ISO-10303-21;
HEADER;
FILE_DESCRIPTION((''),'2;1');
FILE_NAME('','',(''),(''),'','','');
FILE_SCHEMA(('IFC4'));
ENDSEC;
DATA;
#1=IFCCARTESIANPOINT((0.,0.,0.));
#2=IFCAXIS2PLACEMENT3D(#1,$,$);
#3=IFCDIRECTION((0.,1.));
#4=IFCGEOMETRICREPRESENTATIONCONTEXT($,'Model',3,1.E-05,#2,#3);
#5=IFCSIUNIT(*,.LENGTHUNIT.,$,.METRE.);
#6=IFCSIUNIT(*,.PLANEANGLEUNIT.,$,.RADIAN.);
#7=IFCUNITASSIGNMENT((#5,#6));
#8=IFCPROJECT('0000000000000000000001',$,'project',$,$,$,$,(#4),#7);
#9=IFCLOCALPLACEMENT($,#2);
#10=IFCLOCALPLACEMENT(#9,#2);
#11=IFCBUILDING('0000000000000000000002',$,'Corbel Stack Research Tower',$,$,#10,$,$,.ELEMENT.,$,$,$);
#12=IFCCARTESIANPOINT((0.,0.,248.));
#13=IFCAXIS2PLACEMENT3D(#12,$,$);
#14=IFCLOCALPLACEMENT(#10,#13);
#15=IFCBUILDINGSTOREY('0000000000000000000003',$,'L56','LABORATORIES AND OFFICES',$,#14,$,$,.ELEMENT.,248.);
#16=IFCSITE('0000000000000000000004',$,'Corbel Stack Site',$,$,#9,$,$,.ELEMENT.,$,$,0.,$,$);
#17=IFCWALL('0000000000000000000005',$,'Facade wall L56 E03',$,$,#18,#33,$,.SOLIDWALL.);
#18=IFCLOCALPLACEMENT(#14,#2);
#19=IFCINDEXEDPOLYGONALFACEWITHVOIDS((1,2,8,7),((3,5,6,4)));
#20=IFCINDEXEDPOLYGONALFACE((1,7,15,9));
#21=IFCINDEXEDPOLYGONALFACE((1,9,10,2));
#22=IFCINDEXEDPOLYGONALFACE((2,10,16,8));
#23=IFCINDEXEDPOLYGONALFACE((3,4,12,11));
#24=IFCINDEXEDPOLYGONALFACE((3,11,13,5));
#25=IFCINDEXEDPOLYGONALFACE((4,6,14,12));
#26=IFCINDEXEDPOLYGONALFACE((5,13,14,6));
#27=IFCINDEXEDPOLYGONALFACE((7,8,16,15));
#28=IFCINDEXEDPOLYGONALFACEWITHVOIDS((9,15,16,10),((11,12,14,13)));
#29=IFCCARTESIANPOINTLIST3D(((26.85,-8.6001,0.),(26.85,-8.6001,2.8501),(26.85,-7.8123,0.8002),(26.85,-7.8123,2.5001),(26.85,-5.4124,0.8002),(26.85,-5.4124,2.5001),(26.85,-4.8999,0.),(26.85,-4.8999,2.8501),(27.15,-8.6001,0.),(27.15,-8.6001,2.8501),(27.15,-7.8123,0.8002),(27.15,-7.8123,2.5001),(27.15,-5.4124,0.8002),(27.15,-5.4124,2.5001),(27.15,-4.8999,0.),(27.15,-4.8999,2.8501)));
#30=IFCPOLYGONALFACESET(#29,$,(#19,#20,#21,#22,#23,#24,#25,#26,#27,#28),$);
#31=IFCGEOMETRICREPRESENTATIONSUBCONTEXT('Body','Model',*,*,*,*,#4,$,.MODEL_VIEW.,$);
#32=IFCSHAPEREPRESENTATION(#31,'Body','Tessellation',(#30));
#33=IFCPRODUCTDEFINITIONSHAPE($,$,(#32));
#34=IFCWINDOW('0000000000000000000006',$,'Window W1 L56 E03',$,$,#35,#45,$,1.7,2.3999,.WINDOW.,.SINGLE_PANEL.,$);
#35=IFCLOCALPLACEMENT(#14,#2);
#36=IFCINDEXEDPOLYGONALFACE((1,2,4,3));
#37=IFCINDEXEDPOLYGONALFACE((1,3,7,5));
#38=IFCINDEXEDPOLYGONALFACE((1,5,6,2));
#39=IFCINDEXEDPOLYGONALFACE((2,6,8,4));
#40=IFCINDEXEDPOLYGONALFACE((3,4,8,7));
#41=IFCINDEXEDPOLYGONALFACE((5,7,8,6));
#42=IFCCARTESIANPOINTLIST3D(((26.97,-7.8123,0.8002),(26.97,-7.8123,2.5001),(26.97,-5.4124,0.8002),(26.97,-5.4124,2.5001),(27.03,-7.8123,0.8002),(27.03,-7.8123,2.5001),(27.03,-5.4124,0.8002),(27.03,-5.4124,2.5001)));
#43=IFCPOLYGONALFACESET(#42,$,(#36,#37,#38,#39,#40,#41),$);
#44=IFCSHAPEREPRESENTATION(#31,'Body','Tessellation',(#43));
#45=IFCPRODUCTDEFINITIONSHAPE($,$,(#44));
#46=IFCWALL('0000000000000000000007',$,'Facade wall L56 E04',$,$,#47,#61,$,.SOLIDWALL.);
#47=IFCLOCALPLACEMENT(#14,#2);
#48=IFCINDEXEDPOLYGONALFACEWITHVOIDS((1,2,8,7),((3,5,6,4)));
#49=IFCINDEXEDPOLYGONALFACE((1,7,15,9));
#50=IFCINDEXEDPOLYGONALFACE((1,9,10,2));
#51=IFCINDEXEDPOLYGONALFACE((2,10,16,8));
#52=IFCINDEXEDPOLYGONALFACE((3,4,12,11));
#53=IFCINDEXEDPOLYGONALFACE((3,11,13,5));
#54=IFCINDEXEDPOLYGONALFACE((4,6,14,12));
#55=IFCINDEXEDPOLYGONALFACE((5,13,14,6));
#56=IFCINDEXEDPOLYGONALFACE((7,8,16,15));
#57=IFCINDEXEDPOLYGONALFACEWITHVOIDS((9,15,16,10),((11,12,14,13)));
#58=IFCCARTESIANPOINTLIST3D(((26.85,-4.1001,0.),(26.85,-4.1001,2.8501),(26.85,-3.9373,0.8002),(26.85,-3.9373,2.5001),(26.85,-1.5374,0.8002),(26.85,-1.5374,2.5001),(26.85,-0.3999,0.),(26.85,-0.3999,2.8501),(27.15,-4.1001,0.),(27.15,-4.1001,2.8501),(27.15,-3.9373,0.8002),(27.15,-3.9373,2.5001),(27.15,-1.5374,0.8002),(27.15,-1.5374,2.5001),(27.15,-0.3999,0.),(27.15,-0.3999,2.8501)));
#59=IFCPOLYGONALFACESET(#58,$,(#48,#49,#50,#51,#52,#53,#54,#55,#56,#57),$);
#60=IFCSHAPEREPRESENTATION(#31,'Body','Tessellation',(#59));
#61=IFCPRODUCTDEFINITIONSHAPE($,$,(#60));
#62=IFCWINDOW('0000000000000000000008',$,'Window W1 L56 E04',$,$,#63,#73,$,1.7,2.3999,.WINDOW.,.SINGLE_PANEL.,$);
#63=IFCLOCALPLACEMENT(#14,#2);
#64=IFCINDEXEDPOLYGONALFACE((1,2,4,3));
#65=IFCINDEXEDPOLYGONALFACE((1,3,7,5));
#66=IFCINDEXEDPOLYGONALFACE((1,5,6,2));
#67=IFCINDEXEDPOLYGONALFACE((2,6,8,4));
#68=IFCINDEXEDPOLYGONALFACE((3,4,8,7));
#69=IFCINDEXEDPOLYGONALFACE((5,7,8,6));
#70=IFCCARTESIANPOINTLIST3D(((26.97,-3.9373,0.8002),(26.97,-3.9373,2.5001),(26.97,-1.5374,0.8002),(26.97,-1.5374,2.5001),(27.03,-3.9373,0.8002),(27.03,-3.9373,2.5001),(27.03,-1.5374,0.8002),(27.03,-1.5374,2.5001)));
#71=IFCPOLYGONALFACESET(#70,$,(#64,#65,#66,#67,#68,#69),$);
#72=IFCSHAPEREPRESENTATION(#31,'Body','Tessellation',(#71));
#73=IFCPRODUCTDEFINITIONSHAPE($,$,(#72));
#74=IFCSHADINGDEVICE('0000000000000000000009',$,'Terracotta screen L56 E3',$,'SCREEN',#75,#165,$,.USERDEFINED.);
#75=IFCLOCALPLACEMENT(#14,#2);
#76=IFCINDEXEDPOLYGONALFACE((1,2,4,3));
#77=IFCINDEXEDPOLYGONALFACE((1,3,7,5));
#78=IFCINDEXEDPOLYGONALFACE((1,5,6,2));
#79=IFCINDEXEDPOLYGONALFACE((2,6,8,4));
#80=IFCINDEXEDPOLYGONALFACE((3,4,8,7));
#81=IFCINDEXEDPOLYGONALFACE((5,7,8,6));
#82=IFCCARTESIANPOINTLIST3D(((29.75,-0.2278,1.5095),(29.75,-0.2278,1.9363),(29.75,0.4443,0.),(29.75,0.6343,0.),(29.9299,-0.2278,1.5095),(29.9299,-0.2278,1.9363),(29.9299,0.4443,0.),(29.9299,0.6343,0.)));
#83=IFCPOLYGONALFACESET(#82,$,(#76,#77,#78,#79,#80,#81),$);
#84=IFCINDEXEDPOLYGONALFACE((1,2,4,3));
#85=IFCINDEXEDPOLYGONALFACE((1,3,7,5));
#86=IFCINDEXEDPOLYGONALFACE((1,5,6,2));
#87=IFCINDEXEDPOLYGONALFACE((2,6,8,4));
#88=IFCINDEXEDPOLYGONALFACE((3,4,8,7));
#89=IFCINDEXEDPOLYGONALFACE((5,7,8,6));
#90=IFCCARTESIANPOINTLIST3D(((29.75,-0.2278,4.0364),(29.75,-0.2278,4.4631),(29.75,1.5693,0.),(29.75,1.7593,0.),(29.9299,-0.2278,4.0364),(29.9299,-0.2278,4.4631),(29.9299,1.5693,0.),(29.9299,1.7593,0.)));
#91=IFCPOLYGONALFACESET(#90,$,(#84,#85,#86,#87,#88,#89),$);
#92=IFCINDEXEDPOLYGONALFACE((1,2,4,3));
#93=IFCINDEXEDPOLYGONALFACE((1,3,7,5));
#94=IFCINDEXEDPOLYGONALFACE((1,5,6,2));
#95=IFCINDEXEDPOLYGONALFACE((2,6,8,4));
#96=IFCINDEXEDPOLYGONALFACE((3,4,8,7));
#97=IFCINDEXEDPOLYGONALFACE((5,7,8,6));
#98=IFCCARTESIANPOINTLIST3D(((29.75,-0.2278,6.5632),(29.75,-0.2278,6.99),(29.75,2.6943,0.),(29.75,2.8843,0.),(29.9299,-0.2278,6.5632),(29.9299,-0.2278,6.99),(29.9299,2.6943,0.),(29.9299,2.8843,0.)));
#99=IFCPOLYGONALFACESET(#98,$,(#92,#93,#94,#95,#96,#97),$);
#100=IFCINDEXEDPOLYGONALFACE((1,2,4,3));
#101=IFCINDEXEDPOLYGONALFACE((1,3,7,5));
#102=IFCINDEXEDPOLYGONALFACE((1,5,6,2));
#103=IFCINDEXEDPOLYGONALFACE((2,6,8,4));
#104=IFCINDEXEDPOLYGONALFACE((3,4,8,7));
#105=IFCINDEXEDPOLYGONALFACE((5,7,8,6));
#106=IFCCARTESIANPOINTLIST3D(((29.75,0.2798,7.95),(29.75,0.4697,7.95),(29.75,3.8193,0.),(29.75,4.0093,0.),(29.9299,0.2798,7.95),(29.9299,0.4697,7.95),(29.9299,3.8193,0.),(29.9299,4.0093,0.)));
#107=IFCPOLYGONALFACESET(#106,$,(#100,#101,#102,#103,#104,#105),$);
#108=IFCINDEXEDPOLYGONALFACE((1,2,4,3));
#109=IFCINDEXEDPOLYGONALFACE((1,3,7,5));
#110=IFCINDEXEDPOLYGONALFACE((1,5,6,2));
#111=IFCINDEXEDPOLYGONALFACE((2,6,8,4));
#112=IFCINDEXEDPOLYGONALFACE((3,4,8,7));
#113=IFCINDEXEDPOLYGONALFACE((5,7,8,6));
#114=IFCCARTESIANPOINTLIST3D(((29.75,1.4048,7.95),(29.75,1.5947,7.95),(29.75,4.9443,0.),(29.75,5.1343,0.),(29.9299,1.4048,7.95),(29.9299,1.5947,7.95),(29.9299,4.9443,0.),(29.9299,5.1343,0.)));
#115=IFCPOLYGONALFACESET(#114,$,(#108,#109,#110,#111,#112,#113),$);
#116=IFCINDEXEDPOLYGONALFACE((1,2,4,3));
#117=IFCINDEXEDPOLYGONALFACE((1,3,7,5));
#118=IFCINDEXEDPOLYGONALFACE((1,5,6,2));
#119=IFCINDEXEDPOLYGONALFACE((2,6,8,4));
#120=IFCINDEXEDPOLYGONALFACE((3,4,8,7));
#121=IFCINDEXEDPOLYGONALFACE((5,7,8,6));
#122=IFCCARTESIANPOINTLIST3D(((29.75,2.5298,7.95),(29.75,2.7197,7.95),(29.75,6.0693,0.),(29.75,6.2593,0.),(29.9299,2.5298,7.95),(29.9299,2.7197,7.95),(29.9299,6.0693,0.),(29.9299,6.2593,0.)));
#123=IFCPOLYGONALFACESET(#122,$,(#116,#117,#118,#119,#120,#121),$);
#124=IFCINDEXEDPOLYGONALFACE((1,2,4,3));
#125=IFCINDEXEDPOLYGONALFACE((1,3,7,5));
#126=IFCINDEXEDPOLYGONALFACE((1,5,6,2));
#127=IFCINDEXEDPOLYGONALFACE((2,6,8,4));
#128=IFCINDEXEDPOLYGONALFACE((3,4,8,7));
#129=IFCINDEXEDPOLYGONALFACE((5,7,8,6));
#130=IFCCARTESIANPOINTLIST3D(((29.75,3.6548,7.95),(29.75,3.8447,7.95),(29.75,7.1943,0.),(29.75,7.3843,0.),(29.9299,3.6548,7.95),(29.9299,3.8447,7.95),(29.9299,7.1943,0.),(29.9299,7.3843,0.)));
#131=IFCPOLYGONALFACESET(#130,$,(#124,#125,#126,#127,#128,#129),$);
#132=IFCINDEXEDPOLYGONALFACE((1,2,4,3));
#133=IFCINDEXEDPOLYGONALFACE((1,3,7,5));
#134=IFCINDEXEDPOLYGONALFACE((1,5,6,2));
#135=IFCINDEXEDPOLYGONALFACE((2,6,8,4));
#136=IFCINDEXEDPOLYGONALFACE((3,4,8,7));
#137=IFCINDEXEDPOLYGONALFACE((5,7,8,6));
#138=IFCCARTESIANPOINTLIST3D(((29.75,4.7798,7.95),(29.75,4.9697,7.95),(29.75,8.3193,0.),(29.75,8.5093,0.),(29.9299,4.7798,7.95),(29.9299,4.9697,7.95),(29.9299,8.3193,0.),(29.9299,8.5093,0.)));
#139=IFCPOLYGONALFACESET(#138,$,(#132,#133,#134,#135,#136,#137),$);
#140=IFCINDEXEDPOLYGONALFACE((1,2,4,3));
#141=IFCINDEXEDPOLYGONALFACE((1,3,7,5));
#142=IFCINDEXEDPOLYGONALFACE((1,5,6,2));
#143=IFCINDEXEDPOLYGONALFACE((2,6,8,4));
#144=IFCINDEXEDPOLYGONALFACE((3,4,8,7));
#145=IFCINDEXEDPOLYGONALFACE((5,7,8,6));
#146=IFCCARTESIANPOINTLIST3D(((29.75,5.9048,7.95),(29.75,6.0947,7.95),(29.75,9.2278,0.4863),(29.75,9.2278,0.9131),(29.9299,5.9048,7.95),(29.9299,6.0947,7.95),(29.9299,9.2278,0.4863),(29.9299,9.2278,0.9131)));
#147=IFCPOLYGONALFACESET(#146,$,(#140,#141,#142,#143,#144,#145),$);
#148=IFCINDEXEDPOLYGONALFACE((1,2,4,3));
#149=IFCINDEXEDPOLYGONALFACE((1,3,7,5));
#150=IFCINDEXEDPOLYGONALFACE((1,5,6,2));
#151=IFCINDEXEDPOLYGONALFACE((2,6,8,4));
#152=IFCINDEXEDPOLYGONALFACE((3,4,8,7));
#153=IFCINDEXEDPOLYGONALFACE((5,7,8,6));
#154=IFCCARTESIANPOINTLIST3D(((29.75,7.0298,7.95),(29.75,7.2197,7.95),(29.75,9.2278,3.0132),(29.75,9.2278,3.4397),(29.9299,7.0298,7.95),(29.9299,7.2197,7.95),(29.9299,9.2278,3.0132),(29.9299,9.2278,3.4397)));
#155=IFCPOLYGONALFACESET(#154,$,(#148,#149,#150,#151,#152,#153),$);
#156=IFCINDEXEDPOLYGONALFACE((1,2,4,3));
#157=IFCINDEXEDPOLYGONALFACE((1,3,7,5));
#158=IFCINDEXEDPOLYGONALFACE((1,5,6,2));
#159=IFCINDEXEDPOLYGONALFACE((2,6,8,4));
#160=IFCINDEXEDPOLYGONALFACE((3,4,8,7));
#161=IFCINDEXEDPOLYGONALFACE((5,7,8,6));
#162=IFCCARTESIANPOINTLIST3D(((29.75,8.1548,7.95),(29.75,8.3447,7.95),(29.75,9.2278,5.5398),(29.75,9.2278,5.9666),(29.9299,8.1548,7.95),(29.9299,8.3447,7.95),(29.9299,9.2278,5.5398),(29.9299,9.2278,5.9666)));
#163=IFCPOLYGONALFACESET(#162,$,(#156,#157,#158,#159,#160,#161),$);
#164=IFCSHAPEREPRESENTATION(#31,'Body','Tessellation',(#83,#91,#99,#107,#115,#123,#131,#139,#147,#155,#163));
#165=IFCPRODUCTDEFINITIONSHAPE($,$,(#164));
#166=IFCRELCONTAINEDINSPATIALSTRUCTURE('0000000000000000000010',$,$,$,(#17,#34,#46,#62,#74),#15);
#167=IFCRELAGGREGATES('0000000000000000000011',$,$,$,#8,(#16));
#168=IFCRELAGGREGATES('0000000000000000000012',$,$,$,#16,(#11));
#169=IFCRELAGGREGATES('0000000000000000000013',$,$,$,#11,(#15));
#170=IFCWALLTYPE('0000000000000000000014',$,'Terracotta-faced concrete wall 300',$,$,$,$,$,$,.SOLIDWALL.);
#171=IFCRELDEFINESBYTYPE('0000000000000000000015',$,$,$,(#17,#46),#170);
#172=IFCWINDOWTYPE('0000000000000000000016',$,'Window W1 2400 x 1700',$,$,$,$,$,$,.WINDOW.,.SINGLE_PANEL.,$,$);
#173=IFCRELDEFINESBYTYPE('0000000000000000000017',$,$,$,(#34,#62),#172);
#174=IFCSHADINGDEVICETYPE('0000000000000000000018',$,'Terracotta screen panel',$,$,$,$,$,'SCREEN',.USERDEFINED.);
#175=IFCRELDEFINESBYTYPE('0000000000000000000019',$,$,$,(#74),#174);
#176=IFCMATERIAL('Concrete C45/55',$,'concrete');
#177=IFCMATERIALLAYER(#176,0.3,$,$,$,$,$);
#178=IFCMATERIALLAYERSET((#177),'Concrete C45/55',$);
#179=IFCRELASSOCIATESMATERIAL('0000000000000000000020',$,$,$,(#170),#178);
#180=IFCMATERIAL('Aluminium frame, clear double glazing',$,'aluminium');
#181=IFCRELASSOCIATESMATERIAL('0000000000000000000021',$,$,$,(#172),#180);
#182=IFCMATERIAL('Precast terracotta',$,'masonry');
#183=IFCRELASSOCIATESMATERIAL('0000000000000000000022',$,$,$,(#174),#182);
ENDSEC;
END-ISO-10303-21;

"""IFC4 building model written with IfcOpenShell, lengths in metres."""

from ifc_helpers import new_model, si_unit, direction, frame, frame_2d, origin, place, context, subcontext, project, spatial, polyline, rectangle, outline, extrude, source, transform, mapped, material, layer, layer_set, type_object, element, fill, save


model = new_model("IFC4")

# Units and contexts
model_context = context("Model", 3, precision=1e-05, world=origin(), true_north=direction((0.0, 1.0)))
body_context = subcontext(model_context, "Body", "Model", "MODEL_VIEW")
ifc_project = project(units=[si_unit("LENGTHUNIT", "METRE"), si_unit("PLANEANGLEUNIT", "RADIAN")], contexts=[model_context])

# Site, building, storey
site_placement = place(None, origin())
site = spatial("IfcSite", under=ifc_project, at=site_placement, Name="Corbel Stack Site", CompositionType="ELEMENT", RefElevation=0.0)
building_placement = place(site_placement, origin())
building = spatial("IfcBuilding", under=site, at=building_placement, Name="Corbel Stack Research Tower", CompositionType="ELEMENT")
storey_placement = place(building_placement, frame((0.0, 0.0, 248.0)))
storey = spatial("IfcBuildingStorey", under=building, at=storey_placement, Name="L56", Description="LABORATORIES AND OFFICES", CompositionType="ELEMENT", Elevation=248.0)

# Shared definitions
ifc_material_1 = material(Name="Concrete C45/55", Category="concrete")
ifc_layer_1 = layer(ifc_material_1, 0.3)
ifc_layer_set_1 = layer_set([ifc_layer_1], Name="Concrete C45/55")
wall_type_1 = type_object("IfcWallType", Name="Terracotta-faced concrete wall 300", PredefinedType="SOLIDWALL", material=ifc_layer_set_1)

# Walls, openings, windows
wall_1_placement = place(storey_placement, frame((27.0, -4.8999, 0.0), z_axis=(0.0, 0.0, 1.0), x_axis=(0.0, -1.0, 0.0)))
wall_1 = element("IfcWall", 1, at=wall_1_placement, inside=storey, type_object=wall_type_1, Name="Facade wall L56 E03", PredefinedType="SOLIDWALL", context=body_context, shape_type="SweptSolid", body=[
    extrude(rectangle(XDim=3.7002, YDim=0.3, at=frame_2d((1.8501, 0.0))), origin(), (0.0, 0.0, 1.0), 2.8501),
])
opening_1_placement = place(wall_1_placement, frame((0.5125, 0.0, 0.8)))
opening_1 = element("IfcOpeningElement", 2, at=opening_1_placement, cuts=wall_1, PredefinedType="OPENING", context=body_context, shape_type="SweptSolid", body=[
    extrude(rectangle(XDim=2.3999, YDim=1.7, at=frame_2d((1.2, 0.8501))), frame((0.0, 0.1599, 0.0), z_axis=(0.0, -1.0, 0.0), x_axis=(1.0, 0.0, 0.0)), (0.0, 0.0, 1.0), 0.3201),
])
ifc_material_2 = material(Name="Aluminium frame, clear double glazing", Category="aluminium")
window_type = type_object("IfcWindowType", Name="Window W1 2400 x 1700", PartitioningType="SINGLE_PANEL", PredefinedType="WINDOW", material=ifc_material_2)
window_1_placement = place(opening_1_placement, origin())
window_1 = element("IfcWindow", 3, at=window_1_placement, inside=storey, type_object=window_type, Name="Window W1 L56 E03", OverallHeight=1.7, OverallWidth=2.3999, PartitioningType="SINGLE_PANEL", PredefinedType="WINDOW", context=body_context, shape_type="SweptSolid", body=[
    extrude(rectangle(XDim=2.3999, YDim=1.7, at=frame_2d((1.2, 0.8501))), frame((0.0, 0.03, 0.0), z_axis=(0.0, -1.0, 0.0), x_axis=(1.0, 0.0, 0.0)), (0.0, 0.0, 1.0), 0.0601),
])
fill(opening_1, window_1)
wall_2_placement = place(storey_placement, frame((27.0, -0.3999, 0.0), z_axis=(0.0, 0.0, 1.0), x_axis=(0.0, -1.0, 0.0)))
wall_2 = element("IfcWall", 4, at=wall_2_placement, inside=storey, type_object=wall_type_1, Name="Facade wall L56 E04", PredefinedType="SOLIDWALL", context=body_context, shape_type="SweptSolid", body=[
    extrude(rectangle(XDim=3.7002, YDim=0.3, at=frame_2d((1.8501, 0.0))), origin(), (0.0, 0.0, 1.0), 2.8501),
])
opening_2_placement = place(wall_2_placement, frame((1.1375, 0.0, 0.8)))
opening_2 = element("IfcOpeningElement", 5, at=opening_2_placement, cuts=wall_2, PredefinedType="OPENING", context=body_context, shape_type="SweptSolid", body=[
    extrude(rectangle(XDim=2.3999, YDim=1.7, at=frame_2d((1.2, 0.8501))), frame((0.0, 0.1599, 0.0), z_axis=(0.0, -1.0, 0.0), x_axis=(1.0, 0.0, 0.0)), (0.0, 0.0, 1.0), 0.3201),
])
window_2_placement = place(opening_2_placement, origin())
window_2 = element("IfcWindow", 6, at=window_2_placement, inside=storey, type_object=window_type, Name="Window W1 L56 E04", OverallHeight=1.7, OverallWidth=2.3999, PartitioningType="SINGLE_PANEL", PredefinedType="WINDOW", context=body_context, shape_type="SweptSolid", body=[
    extrude(rectangle(XDim=2.3999, YDim=1.7, at=frame_2d((1.2, 0.8501))), frame((0.0, 0.03, 0.0), z_axis=(0.0, -1.0, 0.0), x_axis=(1.0, 0.0, 0.0)), (0.0, 0.0, 1.0), 0.0601),
])
fill(opening_2, window_2)

# Shading device
ifc_material_3 = material(Name="Precast terracotta", Category="masonry")
shading_device_type = type_object("IfcShadingDeviceType", Name="Terracotta screen panel", ElementType="SCREEN", PredefinedType="USERDEFINED", material=ifc_material_3)
shared_shape = source(origin(), body_context, "Body", "SweptSolid", [
    extrude(outline(polyline([(0.8621, 0.0), (0.0, 1.9363), (0.0, 1.5095), (0.6721, 0.0), (0.8621, 0.0)])), frame((0.0, 0.0, 0.0), z_axis=(0.0, -1.0, 0.0), x_axis=(1.0, 0.0, 0.0)), (0.0, 0.0, 1.0), 0.1799),
    extrude(outline(polyline([(1.9871, 0.0), (0.0, 4.4631), (0.0, 4.0364), (1.7971, 0.0), (1.9871, 0.0)])), frame((0.0, 0.0, 0.0), z_axis=(0.0, -1.0, 0.0), x_axis=(1.0, 0.0, 0.0)), (0.0, 0.0, 1.0), 0.1799),
    extrude(outline(polyline([(3.1121, 0.0), (0.0, 6.99), (0.0, 6.5632), (2.9221, 0.0), (3.1121, 0.0)])), frame((0.0, 0.0, 0.0), z_axis=(0.0, -1.0, 0.0), x_axis=(1.0, 0.0, 0.0)), (0.0, 0.0, 1.0), 0.1799),
    extrude(outline(polyline([(4.2371, 0.0), (0.6975, 7.95), (0.5076, 7.95), (4.0471, 0.0), (4.2371, 0.0)])), frame((0.0, 0.0, 0.0), z_axis=(0.0, -1.0, 0.0), x_axis=(1.0, 0.0, 0.0)), (0.0, 0.0, 1.0), 0.1799),
    extrude(outline(polyline([(5.3621, 0.0), (1.8225, 7.95), (1.6326, 7.95), (5.1721, 0.0), (5.3621, 0.0)])), frame((0.0, 0.0, 0.0), z_axis=(0.0, -1.0, 0.0), x_axis=(1.0, 0.0, 0.0)), (0.0, 0.0, 1.0), 0.1799),
    extrude(outline(polyline([(6.4871, 0.0), (2.9475, 7.95), (2.7576, 7.95), (6.2971, 0.0), (6.4871, 0.0)])), frame((0.0, 0.0, 0.0), z_axis=(0.0, -1.0, 0.0), x_axis=(1.0, 0.0, 0.0)), (0.0, 0.0, 1.0), 0.1799),
    extrude(outline(polyline([(7.6121, 0.0), (4.0725, 7.95), (3.8826, 7.95), (7.4221, 0.0), (7.6121, 0.0)])), frame((0.0, 0.0, 0.0), z_axis=(0.0, -1.0, 0.0), x_axis=(1.0, 0.0, 0.0)), (0.0, 0.0, 1.0), 0.1799),
    extrude(outline(polyline([(8.7371, 0.0), (5.1975, 7.95), (5.0076, 7.95), (8.5471, 0.0), (8.7371, 0.0)])), frame((0.0, 0.0, 0.0), z_axis=(0.0, -1.0, 0.0), x_axis=(1.0, 0.0, 0.0)), (0.0, 0.0, 1.0), 0.1799),
    extrude(outline(polyline([(6.3225, 7.95), (6.1326, 7.95), (9.4556, 0.4863), (9.4556, 0.9131), (6.3225, 7.95)])), frame((0.0, 0.0, 0.0), z_axis=(0.0, -1.0, 0.0), x_axis=(1.0, 0.0, 0.0)), (0.0, 0.0, 1.0), 0.1799),
    extrude(outline(polyline([(7.4475, 7.95), (7.2576, 7.95), (9.4556, 3.0132), (9.4556, 3.4397), (7.4475, 7.95)])), frame((0.0, 0.0, 0.0), z_axis=(0.0, -1.0, 0.0), x_axis=(1.0, 0.0, 0.0)), (0.0, 0.0, 1.0), 0.1799),
    extrude(outline(polyline([(8.5725, 7.95), (8.3826, 7.95), (9.4556, 5.5398), (9.4556, 5.9666), (8.5725, 7.95)])), frame((0.0, 0.0, 0.0), z_axis=(0.0, -1.0, 0.0), x_axis=(1.0, 0.0, 0.0)), (0.0, 0.0, 1.0), 0.1799),
])
shading_device_placement = place(storey_placement, frame((29.75, -0.2278, 0.0), z_axis=(0.0, 0.0, 1.0), x_axis=(0.0, 1.0, 0.0)))
element("IfcShadingDevice", 7, at=shading_device_placement, inside=storey, type_object=shading_device_type, Name="Terracotta screen L56 E3", ObjectType="SCREEN", PredefinedType="USERDEFINED", context=body_context, shape_type="MappedRepresentation", body=[
    mapped(shared_shape, transform((0.0, 0.0, 0.0))),
])

save(model, "model.ifc")
